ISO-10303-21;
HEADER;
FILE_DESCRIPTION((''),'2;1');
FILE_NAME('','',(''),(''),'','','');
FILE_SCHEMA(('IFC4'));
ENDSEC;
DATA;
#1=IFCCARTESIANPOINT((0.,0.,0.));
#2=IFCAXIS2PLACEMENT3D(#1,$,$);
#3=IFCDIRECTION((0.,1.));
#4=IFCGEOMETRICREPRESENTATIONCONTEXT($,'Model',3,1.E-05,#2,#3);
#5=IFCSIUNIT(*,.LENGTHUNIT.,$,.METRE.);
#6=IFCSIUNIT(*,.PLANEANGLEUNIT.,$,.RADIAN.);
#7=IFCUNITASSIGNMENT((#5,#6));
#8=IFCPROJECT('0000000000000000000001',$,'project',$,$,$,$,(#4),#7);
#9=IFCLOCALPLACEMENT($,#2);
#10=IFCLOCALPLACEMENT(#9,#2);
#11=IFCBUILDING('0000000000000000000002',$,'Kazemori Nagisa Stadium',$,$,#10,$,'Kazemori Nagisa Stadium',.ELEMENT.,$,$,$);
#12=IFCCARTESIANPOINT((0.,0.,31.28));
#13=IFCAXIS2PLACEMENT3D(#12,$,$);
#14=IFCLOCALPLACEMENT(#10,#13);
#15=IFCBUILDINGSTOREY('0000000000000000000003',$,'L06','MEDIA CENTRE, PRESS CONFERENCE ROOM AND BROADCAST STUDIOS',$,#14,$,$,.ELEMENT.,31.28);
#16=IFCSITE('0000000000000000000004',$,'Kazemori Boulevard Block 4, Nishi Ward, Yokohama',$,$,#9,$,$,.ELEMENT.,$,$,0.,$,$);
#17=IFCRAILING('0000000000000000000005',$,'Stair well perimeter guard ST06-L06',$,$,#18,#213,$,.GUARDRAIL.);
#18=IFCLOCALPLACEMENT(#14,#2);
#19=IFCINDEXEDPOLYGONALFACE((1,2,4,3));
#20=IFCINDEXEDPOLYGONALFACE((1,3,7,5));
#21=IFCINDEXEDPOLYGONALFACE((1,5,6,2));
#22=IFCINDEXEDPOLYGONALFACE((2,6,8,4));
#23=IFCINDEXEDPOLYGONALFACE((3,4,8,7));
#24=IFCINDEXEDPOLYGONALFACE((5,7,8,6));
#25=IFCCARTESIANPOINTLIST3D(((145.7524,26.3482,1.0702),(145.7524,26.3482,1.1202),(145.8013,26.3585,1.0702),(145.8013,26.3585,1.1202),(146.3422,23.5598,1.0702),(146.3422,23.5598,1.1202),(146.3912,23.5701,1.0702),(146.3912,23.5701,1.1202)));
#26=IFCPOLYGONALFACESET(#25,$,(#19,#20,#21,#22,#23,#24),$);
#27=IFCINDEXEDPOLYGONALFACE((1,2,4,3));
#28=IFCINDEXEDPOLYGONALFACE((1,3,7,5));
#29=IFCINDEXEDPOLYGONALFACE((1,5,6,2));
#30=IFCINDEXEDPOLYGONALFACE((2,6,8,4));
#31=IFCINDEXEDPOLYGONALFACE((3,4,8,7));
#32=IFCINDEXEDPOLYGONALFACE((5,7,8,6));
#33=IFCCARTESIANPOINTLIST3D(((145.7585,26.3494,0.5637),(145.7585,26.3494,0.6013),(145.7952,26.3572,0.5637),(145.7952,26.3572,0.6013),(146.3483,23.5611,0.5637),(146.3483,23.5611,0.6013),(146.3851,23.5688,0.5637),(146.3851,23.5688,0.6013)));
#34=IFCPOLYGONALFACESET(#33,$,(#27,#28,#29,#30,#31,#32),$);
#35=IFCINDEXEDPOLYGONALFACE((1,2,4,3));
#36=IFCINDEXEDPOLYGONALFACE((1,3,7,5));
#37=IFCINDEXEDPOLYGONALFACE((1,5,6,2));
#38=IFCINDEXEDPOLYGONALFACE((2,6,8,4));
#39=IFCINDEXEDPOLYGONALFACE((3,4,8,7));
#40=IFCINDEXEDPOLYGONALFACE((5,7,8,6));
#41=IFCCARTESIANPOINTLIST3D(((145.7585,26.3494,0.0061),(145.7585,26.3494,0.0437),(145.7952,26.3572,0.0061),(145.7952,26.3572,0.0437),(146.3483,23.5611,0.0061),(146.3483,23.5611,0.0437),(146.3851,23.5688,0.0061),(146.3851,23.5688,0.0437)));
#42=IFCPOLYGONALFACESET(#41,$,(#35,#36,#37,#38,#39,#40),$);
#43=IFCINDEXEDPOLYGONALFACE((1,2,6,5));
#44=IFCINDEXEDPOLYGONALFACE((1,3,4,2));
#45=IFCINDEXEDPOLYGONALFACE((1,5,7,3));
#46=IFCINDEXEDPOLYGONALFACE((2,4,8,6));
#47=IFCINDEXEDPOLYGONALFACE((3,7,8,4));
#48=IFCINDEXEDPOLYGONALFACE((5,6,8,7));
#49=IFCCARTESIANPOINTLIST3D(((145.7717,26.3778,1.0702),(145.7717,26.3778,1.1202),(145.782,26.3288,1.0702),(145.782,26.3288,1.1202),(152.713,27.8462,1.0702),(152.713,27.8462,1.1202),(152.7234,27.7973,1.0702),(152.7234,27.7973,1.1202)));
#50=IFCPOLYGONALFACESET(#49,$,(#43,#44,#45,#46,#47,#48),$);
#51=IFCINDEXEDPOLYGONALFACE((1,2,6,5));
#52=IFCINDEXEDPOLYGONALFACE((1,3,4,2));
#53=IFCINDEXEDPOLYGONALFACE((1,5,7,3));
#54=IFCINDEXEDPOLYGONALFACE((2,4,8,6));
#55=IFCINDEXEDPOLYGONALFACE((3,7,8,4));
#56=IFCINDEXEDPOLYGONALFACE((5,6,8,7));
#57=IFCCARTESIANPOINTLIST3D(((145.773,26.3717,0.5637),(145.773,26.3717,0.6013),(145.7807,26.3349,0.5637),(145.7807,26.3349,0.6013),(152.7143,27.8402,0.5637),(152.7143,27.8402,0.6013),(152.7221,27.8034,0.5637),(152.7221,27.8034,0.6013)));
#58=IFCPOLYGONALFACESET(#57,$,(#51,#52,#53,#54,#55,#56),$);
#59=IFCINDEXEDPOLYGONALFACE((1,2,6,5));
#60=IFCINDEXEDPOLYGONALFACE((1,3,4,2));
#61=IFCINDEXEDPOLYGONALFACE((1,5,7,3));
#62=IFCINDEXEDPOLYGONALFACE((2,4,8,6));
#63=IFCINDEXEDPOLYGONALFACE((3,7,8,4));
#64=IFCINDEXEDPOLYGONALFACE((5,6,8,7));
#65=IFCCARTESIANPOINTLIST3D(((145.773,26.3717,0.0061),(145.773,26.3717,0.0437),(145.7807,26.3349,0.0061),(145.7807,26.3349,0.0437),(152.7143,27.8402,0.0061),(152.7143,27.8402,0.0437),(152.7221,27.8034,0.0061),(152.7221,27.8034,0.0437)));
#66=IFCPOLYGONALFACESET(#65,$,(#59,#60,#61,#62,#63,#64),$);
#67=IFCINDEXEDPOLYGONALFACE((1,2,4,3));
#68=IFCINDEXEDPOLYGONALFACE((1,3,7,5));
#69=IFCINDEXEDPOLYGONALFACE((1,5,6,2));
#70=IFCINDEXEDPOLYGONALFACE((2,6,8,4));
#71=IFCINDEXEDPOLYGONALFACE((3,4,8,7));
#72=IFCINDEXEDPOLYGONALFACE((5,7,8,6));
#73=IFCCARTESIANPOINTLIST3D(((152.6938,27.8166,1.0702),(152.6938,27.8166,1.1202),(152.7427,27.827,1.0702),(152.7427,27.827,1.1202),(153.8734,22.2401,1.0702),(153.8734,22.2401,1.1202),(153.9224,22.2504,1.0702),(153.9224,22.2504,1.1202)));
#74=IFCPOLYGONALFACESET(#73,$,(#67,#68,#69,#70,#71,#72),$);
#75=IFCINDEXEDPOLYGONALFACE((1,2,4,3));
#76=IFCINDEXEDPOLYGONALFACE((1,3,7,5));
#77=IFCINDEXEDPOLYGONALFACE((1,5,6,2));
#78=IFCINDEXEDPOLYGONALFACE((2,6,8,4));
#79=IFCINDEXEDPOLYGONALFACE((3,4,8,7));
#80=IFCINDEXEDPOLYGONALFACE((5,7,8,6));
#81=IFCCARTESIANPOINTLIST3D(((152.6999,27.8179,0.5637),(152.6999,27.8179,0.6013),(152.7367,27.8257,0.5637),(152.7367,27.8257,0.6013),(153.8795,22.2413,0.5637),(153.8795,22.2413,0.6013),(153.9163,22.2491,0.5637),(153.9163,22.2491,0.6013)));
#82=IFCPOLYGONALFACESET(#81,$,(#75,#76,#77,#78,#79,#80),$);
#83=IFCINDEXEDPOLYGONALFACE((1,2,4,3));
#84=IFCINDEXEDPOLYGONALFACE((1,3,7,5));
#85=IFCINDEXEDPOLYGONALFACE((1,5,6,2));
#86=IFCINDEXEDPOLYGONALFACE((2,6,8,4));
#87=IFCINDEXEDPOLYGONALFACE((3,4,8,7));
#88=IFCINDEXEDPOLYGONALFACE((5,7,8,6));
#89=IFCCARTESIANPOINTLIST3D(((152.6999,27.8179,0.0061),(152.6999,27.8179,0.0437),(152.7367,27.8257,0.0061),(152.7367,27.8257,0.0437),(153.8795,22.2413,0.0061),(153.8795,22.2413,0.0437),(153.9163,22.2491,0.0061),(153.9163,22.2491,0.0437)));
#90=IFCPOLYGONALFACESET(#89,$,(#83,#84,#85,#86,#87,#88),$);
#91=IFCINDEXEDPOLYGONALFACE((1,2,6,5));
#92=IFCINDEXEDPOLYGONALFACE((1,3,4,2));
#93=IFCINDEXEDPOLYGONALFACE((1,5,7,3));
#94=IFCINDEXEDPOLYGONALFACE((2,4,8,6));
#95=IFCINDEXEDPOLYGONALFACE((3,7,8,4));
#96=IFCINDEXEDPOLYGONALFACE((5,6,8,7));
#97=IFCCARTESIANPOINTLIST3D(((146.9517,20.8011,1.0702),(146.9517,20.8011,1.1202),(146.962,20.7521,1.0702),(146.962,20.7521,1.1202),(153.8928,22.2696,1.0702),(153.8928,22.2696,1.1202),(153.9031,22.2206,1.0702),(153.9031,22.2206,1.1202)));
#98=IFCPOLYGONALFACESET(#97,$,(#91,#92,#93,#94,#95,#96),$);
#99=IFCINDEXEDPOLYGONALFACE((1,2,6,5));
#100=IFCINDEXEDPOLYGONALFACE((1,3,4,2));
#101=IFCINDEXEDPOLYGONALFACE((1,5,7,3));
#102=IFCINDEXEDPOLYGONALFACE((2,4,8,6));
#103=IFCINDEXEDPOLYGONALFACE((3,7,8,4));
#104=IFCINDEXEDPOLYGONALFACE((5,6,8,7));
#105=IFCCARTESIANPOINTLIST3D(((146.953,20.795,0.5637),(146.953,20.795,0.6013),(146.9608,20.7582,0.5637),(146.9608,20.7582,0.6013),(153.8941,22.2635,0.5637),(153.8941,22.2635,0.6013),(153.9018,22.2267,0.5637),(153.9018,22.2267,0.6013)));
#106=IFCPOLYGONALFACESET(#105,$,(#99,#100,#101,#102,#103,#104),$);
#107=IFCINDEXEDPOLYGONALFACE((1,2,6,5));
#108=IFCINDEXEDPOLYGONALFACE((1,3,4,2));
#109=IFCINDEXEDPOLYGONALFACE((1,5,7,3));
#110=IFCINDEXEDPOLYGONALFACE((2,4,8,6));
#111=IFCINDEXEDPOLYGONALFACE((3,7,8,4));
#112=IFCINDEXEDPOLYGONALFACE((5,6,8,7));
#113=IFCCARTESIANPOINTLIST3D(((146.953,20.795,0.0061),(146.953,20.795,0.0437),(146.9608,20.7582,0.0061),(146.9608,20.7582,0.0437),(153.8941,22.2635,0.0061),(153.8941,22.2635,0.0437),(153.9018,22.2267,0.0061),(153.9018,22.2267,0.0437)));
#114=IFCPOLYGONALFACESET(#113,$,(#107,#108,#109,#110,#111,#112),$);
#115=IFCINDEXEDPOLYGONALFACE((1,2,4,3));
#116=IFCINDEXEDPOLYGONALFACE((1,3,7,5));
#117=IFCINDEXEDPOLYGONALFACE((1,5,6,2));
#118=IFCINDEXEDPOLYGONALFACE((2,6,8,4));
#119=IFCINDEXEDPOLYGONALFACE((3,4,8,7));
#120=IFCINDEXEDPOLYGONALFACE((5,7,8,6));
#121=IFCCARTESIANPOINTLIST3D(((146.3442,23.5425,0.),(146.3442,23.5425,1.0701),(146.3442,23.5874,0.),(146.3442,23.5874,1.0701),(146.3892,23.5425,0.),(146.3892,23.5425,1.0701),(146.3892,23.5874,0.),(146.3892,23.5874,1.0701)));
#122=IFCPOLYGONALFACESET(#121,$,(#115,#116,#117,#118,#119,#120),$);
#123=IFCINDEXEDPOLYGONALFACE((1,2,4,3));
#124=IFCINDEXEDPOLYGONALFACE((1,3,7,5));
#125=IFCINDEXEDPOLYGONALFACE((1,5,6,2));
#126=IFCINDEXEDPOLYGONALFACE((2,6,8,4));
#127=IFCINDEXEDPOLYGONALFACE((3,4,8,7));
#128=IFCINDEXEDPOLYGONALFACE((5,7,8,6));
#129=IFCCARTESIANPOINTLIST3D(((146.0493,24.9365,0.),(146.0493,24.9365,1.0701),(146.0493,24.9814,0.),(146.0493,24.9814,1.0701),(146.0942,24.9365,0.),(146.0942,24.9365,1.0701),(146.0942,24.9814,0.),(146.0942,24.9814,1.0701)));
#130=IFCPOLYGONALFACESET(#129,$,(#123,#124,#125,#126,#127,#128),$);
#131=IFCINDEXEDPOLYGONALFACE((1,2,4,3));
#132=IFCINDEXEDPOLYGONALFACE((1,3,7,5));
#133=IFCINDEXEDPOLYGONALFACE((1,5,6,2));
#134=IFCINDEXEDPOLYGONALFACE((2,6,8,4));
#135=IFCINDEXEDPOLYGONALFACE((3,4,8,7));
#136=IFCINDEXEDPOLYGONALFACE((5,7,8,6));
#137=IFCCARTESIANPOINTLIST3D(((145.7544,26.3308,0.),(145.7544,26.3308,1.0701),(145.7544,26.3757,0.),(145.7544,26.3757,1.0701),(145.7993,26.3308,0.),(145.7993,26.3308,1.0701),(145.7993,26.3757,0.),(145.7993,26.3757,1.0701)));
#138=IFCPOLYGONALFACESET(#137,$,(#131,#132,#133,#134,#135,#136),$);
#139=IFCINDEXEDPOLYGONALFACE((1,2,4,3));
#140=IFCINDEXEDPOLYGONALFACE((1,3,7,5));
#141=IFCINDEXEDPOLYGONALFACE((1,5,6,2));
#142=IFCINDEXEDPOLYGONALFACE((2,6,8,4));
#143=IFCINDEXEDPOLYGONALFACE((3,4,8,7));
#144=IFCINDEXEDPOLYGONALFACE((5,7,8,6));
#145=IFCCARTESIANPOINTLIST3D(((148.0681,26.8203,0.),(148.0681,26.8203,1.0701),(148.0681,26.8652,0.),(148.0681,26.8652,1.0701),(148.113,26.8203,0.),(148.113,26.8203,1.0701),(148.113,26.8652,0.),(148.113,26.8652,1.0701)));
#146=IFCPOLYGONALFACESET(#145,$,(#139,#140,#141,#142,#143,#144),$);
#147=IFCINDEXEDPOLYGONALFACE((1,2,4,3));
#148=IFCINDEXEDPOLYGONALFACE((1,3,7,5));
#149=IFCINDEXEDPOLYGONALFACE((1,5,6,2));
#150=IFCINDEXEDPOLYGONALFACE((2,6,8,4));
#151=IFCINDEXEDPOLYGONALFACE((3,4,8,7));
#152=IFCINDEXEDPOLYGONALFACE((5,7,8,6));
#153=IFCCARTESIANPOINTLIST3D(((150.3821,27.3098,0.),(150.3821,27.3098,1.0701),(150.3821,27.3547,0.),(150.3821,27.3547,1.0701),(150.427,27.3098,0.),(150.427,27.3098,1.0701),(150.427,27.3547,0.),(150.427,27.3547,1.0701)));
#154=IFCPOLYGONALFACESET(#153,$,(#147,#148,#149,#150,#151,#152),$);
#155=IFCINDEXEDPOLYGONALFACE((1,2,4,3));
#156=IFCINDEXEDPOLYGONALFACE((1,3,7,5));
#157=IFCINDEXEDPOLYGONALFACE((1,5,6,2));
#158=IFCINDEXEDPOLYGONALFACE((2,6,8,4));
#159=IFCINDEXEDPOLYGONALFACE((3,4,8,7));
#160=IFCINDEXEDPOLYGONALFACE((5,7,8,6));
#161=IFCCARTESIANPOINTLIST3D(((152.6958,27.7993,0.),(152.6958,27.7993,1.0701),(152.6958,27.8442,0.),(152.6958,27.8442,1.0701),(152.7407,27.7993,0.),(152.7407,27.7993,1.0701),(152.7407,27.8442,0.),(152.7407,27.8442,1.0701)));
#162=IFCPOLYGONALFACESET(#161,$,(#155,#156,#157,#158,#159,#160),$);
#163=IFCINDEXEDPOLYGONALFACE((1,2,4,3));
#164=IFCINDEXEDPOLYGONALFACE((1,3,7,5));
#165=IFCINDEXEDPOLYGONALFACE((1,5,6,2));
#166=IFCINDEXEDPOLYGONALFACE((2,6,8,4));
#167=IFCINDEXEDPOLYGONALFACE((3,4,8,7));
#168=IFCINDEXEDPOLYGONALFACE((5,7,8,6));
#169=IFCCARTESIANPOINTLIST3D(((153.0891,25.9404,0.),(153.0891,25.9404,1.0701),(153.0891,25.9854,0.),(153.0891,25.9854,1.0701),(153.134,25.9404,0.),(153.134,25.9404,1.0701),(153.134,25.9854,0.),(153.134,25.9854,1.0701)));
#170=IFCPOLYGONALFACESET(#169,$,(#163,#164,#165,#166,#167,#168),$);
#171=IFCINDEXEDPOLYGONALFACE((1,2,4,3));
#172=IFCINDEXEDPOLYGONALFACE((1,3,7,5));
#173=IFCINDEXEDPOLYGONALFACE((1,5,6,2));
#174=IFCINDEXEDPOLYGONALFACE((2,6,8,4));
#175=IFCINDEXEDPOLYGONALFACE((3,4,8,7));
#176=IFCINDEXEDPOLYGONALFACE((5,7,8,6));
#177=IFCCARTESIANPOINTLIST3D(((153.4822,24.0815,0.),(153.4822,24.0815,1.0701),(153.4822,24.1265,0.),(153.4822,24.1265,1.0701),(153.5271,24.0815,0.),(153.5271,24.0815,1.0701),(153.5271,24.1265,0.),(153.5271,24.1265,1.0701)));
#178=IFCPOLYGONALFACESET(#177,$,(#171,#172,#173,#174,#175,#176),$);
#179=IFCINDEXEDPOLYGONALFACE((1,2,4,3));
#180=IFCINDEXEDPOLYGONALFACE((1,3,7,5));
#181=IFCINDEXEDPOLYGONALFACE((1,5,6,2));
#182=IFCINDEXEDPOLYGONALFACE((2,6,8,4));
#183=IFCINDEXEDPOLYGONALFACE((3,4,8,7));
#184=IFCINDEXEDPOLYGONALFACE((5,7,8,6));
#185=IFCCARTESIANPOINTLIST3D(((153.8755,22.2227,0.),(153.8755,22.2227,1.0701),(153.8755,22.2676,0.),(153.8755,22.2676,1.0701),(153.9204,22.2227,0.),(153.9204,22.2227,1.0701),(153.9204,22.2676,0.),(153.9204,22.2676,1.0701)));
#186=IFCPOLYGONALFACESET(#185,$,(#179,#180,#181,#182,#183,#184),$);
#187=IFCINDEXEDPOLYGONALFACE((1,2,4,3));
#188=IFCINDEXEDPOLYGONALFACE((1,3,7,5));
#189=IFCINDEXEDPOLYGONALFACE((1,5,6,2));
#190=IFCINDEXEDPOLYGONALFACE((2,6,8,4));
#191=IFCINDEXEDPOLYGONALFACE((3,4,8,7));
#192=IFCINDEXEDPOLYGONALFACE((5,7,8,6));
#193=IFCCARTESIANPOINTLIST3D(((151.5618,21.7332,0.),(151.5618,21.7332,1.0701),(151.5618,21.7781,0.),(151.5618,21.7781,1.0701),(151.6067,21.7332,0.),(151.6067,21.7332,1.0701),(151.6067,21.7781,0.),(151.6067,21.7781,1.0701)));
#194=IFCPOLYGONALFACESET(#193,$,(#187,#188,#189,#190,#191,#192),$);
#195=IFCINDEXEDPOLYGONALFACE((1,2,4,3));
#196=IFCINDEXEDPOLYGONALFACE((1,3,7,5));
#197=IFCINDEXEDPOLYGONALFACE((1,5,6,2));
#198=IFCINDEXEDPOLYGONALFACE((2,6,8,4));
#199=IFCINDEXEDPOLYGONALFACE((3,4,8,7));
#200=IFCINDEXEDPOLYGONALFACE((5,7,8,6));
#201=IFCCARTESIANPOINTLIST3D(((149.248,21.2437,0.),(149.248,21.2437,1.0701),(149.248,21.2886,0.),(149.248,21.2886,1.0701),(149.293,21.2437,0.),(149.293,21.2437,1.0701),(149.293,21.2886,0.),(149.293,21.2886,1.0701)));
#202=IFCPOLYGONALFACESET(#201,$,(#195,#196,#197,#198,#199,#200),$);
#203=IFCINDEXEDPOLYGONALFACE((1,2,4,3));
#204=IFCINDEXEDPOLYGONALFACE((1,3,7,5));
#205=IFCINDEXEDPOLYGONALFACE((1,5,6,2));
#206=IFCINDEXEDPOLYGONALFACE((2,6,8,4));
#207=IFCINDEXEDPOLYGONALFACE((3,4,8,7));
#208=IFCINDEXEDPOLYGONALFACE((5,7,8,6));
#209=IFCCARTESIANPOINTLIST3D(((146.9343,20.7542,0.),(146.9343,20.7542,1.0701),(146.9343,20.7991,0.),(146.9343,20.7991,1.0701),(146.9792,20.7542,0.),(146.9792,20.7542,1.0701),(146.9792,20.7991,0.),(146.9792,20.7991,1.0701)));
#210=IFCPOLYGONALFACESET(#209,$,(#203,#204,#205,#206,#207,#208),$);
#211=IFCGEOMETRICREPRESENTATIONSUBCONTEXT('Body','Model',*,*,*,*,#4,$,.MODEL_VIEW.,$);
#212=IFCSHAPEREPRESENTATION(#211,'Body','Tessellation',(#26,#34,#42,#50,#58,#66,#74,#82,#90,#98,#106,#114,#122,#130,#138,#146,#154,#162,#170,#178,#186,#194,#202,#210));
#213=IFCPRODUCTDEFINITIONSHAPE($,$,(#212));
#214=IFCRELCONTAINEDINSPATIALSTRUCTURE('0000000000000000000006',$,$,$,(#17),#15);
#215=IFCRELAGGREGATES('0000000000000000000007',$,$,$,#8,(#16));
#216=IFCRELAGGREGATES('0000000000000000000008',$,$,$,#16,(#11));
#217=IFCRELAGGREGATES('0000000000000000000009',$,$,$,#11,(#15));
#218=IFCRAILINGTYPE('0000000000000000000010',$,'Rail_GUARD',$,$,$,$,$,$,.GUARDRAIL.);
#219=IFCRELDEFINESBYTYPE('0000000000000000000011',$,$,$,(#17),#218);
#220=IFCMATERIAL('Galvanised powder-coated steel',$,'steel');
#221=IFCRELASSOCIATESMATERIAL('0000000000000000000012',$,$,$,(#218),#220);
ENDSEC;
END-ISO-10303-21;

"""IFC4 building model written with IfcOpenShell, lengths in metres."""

from ifc_helpers import new_model, si_unit, direction, frame, origin, origin_2d, place, context, subcontext, project, spatial, rectangle, extrude, material, type_object, element, save


model = new_model("IFC4")

# Units and contexts
model_context = context("Model", 3, precision=1e-05, world=origin(), true_north=direction((0.0, 1.0)))
body_context = subcontext(model_context, "Body", "Model", "MODEL_VIEW")
ifc_project = project(units=[si_unit("LENGTHUNIT", "METRE"), si_unit("PLANEANGLEUNIT", "RADIAN")], contexts=[model_context])

# Site, building, storey
site_placement = place(None, origin())
site = spatial("IfcSite", under=ifc_project, at=site_placement, Name="Kazemori Boulevard Block 4, Nishi Ward, Yokohama", CompositionType="ELEMENT", RefElevation=0.0)
building_placement = place(site_placement, origin())
building = spatial("IfcBuilding", under=site, at=building_placement, Name="Kazemori Nagisa Stadium", LongName="Kazemori Nagisa Stadium", CompositionType="ELEMENT")
storey_placement = place(building_placement, frame((0.0, 0.0, 31.28)))
storey = spatial("IfcBuildingStorey", under=building, at=storey_placement, Name="L06", Description="MEDIA CENTRE, PRESS CONFERENCE ROOM AND BROADCAST STUDIOS", CompositionType="ELEMENT", Elevation=31.28)

# Railing
ifc_material_1 = material(Name="Galvanised powder-coated steel", Category="steel")
railing_type = type_object("IfcRailingType", Name="Rail_GUARD", PredefinedType="GUARDRAIL", material=ifc_material_1)
railing_placement = place(storey_placement, frame((146.3667, 23.5649, 0.0)))
element("IfcRailing", 1, at=railing_placement, inside=storey, type_object=railing_type, Name="Stair well perimeter guard ST06-L06", PredefinedType="GUARDRAIL", context=body_context, shape_type="SweptSolid", body=[
    extrude(rectangle(XDim=0.05, YDim=0.05, at=origin_2d()), frame((0.0, 0.0, 1.0952), z_axis=(-0.20696, 0.978349, 0.0), x_axis=(-0.978349, -0.20696, 0.0)), (0.0, 0.0, 1.0), 2.8501),
    extrude(rectangle(XDim=0.0376, YDim=0.0376, at=origin_2d()), frame((0.0, 0.0, 0.5825), z_axis=(-0.20696, 0.978349, 0.0), x_axis=(-0.978349, -0.20696, 0.0)), (0.0, 0.0, 1.0), 2.8501),
    extrude(rectangle(XDim=0.0376, YDim=0.0376, at=origin_2d()), frame((0.0, 0.0, 0.0249), z_axis=(-0.20696, 0.978349, 0.0), x_axis=(-0.978349, -0.20696, 0.0)), (0.0, 0.0, 1.0), 2.8501),
    extrude(rectangle(XDim=0.05, YDim=0.05, at=origin_2d()), frame((-0.5898, 2.7883, 1.0952), z_axis=(0.978346, 0.206976, 0.0), x_axis=(-0.206976, 0.978346, 0.0)), (0.0, 0.0, 1.0), 7.095),
    extrude(rectangle(XDim=0.0376, YDim=0.0376, at=origin_2d()), frame((-0.5898, 2.7883, 0.5825), z_axis=(0.978346, 0.206976, 0.0), x_axis=(-0.206976, 0.978346, 0.0)), (0.0, 0.0, 1.0), 7.095),
    extrude(rectangle(XDim=0.0376, YDim=0.0376, at=origin_2d()), frame((-0.5898, 2.7883, 0.0249), z_axis=(0.978346, 0.206976, 0.0), x_axis=(-0.206976, 0.978346, 0.0)), (0.0, 0.0, 1.0), 7.095),
    extrude(rectangle(XDim=0.05, YDim=0.05, at=origin_2d()), frame((6.3516, 4.2568, 1.0952), z_axis=(0.20696, -0.978349, 0.0), x_axis=(0.978349, 0.20696, 0.0)), (0.0, 0.0, 1.0), 5.7),
    extrude(rectangle(XDim=0.0376, YDim=0.0376, at=origin_2d()), frame((6.3516, 4.2568, 0.5825), z_axis=(0.20696, -0.978349, 0.0), x_axis=(0.978349, 0.20696, 0.0)), (0.0, 0.0, 1.0), 5.7),
    extrude(rectangle(XDim=0.0376, YDim=0.0376, at=origin_2d()), frame((6.3516, 4.2568, 0.0249), z_axis=(0.20696, -0.978349, 0.0), x_axis=(0.978349, 0.20696, 0.0)), (0.0, 0.0, 1.0), 5.7),
    extrude(rectangle(XDim=0.05, YDim=0.05, at=origin_2d()), frame((7.5312, -1.3198, 1.0952), z_axis=(-0.978344, -0.206983, 0.0), x_axis=(0.206983, -0.978344, 0.0)), (0.0, 0.0, 1.0), 7.0947),
    extrude(rectangle(XDim=0.0376, YDim=0.0376, at=origin_2d()), frame((7.5312, -1.3198, 0.5825), z_axis=(-0.978344, -0.206983, 0.0), x_axis=(0.206983, -0.978344, 0.0)), (0.0, 0.0, 1.0), 7.0947),
    extrude(rectangle(XDim=0.0376, YDim=0.0376, at=origin_2d()), frame((7.5312, -1.3198, 0.0249), z_axis=(-0.978344, -0.206983, 0.0), x_axis=(0.206983, -0.978344, 0.0)), (0.0, 0.0, 1.0), 7.0947),
    extrude(rectangle(XDim=0.0449, YDim=0.0449, at=origin_2d()), origin(), (0.0, 0.0, 1.0), 1.0701),
    extrude(rectangle(XDim=0.0449, YDim=0.0449, at=origin_2d()), frame((-0.2949, 1.394, 0.0)), (0.0, 0.0, 1.0), 1.0701),
    extrude(rectangle(XDim=0.0449, YDim=0.0449, at=origin_2d()), frame((-0.5898, 2.7883, 0.0)), (0.0, 0.0, 1.0), 1.0701),
    extrude(rectangle(XDim=0.0449, YDim=0.0449, at=origin_2d()), frame((1.7239, 3.2778, 0.0)), (0.0, 0.0, 1.0), 1.0701),
    extrude(rectangle(XDim=0.0449, YDim=0.0449, at=origin_2d()), frame((4.0378, 3.7673, 0.0)), (0.0, 0.0, 1.0), 1.0701),
    extrude(rectangle(XDim=0.0449, YDim=0.0449, at=origin_2d()), frame((6.3516, 4.2568, 0.0)), (0.0, 0.0, 1.0), 1.0701),
    extrude(rectangle(XDim=0.0449, YDim=0.0449, at=origin_2d()), frame((6.7449, 2.3979, 0.0)), (0.0, 0.0, 1.0), 1.0701),
    extrude(rectangle(XDim=0.0449, YDim=0.0449, at=origin_2d()), frame((7.1379, 0.5391, 0.0)), (0.0, 0.0, 1.0), 1.0701),
    extrude(rectangle(XDim=0.0449, YDim=0.0449, at=origin_2d()), frame((7.5312, -1.3198, 0.0)), (0.0, 0.0, 1.0), 1.0701),
    extrude(rectangle(XDim=0.0449, YDim=0.0449, at=origin_2d()), frame((5.2175, -1.8093, 0.0)), (0.0, 0.0, 1.0), 1.0701),
    extrude(rectangle(XDim=0.0449, YDim=0.0449, at=origin_2d()), frame((2.9038, -2.2988, 0.0)), (0.0, 0.0, 1.0), 1.0701),
    extrude(rectangle(XDim=0.0449, YDim=0.0449, at=origin_2d()), frame((0.5901, -2.7883, 0.0)), (0.0, 0.0, 1.0), 1.0701),
])

save(model, "model.ifc")
